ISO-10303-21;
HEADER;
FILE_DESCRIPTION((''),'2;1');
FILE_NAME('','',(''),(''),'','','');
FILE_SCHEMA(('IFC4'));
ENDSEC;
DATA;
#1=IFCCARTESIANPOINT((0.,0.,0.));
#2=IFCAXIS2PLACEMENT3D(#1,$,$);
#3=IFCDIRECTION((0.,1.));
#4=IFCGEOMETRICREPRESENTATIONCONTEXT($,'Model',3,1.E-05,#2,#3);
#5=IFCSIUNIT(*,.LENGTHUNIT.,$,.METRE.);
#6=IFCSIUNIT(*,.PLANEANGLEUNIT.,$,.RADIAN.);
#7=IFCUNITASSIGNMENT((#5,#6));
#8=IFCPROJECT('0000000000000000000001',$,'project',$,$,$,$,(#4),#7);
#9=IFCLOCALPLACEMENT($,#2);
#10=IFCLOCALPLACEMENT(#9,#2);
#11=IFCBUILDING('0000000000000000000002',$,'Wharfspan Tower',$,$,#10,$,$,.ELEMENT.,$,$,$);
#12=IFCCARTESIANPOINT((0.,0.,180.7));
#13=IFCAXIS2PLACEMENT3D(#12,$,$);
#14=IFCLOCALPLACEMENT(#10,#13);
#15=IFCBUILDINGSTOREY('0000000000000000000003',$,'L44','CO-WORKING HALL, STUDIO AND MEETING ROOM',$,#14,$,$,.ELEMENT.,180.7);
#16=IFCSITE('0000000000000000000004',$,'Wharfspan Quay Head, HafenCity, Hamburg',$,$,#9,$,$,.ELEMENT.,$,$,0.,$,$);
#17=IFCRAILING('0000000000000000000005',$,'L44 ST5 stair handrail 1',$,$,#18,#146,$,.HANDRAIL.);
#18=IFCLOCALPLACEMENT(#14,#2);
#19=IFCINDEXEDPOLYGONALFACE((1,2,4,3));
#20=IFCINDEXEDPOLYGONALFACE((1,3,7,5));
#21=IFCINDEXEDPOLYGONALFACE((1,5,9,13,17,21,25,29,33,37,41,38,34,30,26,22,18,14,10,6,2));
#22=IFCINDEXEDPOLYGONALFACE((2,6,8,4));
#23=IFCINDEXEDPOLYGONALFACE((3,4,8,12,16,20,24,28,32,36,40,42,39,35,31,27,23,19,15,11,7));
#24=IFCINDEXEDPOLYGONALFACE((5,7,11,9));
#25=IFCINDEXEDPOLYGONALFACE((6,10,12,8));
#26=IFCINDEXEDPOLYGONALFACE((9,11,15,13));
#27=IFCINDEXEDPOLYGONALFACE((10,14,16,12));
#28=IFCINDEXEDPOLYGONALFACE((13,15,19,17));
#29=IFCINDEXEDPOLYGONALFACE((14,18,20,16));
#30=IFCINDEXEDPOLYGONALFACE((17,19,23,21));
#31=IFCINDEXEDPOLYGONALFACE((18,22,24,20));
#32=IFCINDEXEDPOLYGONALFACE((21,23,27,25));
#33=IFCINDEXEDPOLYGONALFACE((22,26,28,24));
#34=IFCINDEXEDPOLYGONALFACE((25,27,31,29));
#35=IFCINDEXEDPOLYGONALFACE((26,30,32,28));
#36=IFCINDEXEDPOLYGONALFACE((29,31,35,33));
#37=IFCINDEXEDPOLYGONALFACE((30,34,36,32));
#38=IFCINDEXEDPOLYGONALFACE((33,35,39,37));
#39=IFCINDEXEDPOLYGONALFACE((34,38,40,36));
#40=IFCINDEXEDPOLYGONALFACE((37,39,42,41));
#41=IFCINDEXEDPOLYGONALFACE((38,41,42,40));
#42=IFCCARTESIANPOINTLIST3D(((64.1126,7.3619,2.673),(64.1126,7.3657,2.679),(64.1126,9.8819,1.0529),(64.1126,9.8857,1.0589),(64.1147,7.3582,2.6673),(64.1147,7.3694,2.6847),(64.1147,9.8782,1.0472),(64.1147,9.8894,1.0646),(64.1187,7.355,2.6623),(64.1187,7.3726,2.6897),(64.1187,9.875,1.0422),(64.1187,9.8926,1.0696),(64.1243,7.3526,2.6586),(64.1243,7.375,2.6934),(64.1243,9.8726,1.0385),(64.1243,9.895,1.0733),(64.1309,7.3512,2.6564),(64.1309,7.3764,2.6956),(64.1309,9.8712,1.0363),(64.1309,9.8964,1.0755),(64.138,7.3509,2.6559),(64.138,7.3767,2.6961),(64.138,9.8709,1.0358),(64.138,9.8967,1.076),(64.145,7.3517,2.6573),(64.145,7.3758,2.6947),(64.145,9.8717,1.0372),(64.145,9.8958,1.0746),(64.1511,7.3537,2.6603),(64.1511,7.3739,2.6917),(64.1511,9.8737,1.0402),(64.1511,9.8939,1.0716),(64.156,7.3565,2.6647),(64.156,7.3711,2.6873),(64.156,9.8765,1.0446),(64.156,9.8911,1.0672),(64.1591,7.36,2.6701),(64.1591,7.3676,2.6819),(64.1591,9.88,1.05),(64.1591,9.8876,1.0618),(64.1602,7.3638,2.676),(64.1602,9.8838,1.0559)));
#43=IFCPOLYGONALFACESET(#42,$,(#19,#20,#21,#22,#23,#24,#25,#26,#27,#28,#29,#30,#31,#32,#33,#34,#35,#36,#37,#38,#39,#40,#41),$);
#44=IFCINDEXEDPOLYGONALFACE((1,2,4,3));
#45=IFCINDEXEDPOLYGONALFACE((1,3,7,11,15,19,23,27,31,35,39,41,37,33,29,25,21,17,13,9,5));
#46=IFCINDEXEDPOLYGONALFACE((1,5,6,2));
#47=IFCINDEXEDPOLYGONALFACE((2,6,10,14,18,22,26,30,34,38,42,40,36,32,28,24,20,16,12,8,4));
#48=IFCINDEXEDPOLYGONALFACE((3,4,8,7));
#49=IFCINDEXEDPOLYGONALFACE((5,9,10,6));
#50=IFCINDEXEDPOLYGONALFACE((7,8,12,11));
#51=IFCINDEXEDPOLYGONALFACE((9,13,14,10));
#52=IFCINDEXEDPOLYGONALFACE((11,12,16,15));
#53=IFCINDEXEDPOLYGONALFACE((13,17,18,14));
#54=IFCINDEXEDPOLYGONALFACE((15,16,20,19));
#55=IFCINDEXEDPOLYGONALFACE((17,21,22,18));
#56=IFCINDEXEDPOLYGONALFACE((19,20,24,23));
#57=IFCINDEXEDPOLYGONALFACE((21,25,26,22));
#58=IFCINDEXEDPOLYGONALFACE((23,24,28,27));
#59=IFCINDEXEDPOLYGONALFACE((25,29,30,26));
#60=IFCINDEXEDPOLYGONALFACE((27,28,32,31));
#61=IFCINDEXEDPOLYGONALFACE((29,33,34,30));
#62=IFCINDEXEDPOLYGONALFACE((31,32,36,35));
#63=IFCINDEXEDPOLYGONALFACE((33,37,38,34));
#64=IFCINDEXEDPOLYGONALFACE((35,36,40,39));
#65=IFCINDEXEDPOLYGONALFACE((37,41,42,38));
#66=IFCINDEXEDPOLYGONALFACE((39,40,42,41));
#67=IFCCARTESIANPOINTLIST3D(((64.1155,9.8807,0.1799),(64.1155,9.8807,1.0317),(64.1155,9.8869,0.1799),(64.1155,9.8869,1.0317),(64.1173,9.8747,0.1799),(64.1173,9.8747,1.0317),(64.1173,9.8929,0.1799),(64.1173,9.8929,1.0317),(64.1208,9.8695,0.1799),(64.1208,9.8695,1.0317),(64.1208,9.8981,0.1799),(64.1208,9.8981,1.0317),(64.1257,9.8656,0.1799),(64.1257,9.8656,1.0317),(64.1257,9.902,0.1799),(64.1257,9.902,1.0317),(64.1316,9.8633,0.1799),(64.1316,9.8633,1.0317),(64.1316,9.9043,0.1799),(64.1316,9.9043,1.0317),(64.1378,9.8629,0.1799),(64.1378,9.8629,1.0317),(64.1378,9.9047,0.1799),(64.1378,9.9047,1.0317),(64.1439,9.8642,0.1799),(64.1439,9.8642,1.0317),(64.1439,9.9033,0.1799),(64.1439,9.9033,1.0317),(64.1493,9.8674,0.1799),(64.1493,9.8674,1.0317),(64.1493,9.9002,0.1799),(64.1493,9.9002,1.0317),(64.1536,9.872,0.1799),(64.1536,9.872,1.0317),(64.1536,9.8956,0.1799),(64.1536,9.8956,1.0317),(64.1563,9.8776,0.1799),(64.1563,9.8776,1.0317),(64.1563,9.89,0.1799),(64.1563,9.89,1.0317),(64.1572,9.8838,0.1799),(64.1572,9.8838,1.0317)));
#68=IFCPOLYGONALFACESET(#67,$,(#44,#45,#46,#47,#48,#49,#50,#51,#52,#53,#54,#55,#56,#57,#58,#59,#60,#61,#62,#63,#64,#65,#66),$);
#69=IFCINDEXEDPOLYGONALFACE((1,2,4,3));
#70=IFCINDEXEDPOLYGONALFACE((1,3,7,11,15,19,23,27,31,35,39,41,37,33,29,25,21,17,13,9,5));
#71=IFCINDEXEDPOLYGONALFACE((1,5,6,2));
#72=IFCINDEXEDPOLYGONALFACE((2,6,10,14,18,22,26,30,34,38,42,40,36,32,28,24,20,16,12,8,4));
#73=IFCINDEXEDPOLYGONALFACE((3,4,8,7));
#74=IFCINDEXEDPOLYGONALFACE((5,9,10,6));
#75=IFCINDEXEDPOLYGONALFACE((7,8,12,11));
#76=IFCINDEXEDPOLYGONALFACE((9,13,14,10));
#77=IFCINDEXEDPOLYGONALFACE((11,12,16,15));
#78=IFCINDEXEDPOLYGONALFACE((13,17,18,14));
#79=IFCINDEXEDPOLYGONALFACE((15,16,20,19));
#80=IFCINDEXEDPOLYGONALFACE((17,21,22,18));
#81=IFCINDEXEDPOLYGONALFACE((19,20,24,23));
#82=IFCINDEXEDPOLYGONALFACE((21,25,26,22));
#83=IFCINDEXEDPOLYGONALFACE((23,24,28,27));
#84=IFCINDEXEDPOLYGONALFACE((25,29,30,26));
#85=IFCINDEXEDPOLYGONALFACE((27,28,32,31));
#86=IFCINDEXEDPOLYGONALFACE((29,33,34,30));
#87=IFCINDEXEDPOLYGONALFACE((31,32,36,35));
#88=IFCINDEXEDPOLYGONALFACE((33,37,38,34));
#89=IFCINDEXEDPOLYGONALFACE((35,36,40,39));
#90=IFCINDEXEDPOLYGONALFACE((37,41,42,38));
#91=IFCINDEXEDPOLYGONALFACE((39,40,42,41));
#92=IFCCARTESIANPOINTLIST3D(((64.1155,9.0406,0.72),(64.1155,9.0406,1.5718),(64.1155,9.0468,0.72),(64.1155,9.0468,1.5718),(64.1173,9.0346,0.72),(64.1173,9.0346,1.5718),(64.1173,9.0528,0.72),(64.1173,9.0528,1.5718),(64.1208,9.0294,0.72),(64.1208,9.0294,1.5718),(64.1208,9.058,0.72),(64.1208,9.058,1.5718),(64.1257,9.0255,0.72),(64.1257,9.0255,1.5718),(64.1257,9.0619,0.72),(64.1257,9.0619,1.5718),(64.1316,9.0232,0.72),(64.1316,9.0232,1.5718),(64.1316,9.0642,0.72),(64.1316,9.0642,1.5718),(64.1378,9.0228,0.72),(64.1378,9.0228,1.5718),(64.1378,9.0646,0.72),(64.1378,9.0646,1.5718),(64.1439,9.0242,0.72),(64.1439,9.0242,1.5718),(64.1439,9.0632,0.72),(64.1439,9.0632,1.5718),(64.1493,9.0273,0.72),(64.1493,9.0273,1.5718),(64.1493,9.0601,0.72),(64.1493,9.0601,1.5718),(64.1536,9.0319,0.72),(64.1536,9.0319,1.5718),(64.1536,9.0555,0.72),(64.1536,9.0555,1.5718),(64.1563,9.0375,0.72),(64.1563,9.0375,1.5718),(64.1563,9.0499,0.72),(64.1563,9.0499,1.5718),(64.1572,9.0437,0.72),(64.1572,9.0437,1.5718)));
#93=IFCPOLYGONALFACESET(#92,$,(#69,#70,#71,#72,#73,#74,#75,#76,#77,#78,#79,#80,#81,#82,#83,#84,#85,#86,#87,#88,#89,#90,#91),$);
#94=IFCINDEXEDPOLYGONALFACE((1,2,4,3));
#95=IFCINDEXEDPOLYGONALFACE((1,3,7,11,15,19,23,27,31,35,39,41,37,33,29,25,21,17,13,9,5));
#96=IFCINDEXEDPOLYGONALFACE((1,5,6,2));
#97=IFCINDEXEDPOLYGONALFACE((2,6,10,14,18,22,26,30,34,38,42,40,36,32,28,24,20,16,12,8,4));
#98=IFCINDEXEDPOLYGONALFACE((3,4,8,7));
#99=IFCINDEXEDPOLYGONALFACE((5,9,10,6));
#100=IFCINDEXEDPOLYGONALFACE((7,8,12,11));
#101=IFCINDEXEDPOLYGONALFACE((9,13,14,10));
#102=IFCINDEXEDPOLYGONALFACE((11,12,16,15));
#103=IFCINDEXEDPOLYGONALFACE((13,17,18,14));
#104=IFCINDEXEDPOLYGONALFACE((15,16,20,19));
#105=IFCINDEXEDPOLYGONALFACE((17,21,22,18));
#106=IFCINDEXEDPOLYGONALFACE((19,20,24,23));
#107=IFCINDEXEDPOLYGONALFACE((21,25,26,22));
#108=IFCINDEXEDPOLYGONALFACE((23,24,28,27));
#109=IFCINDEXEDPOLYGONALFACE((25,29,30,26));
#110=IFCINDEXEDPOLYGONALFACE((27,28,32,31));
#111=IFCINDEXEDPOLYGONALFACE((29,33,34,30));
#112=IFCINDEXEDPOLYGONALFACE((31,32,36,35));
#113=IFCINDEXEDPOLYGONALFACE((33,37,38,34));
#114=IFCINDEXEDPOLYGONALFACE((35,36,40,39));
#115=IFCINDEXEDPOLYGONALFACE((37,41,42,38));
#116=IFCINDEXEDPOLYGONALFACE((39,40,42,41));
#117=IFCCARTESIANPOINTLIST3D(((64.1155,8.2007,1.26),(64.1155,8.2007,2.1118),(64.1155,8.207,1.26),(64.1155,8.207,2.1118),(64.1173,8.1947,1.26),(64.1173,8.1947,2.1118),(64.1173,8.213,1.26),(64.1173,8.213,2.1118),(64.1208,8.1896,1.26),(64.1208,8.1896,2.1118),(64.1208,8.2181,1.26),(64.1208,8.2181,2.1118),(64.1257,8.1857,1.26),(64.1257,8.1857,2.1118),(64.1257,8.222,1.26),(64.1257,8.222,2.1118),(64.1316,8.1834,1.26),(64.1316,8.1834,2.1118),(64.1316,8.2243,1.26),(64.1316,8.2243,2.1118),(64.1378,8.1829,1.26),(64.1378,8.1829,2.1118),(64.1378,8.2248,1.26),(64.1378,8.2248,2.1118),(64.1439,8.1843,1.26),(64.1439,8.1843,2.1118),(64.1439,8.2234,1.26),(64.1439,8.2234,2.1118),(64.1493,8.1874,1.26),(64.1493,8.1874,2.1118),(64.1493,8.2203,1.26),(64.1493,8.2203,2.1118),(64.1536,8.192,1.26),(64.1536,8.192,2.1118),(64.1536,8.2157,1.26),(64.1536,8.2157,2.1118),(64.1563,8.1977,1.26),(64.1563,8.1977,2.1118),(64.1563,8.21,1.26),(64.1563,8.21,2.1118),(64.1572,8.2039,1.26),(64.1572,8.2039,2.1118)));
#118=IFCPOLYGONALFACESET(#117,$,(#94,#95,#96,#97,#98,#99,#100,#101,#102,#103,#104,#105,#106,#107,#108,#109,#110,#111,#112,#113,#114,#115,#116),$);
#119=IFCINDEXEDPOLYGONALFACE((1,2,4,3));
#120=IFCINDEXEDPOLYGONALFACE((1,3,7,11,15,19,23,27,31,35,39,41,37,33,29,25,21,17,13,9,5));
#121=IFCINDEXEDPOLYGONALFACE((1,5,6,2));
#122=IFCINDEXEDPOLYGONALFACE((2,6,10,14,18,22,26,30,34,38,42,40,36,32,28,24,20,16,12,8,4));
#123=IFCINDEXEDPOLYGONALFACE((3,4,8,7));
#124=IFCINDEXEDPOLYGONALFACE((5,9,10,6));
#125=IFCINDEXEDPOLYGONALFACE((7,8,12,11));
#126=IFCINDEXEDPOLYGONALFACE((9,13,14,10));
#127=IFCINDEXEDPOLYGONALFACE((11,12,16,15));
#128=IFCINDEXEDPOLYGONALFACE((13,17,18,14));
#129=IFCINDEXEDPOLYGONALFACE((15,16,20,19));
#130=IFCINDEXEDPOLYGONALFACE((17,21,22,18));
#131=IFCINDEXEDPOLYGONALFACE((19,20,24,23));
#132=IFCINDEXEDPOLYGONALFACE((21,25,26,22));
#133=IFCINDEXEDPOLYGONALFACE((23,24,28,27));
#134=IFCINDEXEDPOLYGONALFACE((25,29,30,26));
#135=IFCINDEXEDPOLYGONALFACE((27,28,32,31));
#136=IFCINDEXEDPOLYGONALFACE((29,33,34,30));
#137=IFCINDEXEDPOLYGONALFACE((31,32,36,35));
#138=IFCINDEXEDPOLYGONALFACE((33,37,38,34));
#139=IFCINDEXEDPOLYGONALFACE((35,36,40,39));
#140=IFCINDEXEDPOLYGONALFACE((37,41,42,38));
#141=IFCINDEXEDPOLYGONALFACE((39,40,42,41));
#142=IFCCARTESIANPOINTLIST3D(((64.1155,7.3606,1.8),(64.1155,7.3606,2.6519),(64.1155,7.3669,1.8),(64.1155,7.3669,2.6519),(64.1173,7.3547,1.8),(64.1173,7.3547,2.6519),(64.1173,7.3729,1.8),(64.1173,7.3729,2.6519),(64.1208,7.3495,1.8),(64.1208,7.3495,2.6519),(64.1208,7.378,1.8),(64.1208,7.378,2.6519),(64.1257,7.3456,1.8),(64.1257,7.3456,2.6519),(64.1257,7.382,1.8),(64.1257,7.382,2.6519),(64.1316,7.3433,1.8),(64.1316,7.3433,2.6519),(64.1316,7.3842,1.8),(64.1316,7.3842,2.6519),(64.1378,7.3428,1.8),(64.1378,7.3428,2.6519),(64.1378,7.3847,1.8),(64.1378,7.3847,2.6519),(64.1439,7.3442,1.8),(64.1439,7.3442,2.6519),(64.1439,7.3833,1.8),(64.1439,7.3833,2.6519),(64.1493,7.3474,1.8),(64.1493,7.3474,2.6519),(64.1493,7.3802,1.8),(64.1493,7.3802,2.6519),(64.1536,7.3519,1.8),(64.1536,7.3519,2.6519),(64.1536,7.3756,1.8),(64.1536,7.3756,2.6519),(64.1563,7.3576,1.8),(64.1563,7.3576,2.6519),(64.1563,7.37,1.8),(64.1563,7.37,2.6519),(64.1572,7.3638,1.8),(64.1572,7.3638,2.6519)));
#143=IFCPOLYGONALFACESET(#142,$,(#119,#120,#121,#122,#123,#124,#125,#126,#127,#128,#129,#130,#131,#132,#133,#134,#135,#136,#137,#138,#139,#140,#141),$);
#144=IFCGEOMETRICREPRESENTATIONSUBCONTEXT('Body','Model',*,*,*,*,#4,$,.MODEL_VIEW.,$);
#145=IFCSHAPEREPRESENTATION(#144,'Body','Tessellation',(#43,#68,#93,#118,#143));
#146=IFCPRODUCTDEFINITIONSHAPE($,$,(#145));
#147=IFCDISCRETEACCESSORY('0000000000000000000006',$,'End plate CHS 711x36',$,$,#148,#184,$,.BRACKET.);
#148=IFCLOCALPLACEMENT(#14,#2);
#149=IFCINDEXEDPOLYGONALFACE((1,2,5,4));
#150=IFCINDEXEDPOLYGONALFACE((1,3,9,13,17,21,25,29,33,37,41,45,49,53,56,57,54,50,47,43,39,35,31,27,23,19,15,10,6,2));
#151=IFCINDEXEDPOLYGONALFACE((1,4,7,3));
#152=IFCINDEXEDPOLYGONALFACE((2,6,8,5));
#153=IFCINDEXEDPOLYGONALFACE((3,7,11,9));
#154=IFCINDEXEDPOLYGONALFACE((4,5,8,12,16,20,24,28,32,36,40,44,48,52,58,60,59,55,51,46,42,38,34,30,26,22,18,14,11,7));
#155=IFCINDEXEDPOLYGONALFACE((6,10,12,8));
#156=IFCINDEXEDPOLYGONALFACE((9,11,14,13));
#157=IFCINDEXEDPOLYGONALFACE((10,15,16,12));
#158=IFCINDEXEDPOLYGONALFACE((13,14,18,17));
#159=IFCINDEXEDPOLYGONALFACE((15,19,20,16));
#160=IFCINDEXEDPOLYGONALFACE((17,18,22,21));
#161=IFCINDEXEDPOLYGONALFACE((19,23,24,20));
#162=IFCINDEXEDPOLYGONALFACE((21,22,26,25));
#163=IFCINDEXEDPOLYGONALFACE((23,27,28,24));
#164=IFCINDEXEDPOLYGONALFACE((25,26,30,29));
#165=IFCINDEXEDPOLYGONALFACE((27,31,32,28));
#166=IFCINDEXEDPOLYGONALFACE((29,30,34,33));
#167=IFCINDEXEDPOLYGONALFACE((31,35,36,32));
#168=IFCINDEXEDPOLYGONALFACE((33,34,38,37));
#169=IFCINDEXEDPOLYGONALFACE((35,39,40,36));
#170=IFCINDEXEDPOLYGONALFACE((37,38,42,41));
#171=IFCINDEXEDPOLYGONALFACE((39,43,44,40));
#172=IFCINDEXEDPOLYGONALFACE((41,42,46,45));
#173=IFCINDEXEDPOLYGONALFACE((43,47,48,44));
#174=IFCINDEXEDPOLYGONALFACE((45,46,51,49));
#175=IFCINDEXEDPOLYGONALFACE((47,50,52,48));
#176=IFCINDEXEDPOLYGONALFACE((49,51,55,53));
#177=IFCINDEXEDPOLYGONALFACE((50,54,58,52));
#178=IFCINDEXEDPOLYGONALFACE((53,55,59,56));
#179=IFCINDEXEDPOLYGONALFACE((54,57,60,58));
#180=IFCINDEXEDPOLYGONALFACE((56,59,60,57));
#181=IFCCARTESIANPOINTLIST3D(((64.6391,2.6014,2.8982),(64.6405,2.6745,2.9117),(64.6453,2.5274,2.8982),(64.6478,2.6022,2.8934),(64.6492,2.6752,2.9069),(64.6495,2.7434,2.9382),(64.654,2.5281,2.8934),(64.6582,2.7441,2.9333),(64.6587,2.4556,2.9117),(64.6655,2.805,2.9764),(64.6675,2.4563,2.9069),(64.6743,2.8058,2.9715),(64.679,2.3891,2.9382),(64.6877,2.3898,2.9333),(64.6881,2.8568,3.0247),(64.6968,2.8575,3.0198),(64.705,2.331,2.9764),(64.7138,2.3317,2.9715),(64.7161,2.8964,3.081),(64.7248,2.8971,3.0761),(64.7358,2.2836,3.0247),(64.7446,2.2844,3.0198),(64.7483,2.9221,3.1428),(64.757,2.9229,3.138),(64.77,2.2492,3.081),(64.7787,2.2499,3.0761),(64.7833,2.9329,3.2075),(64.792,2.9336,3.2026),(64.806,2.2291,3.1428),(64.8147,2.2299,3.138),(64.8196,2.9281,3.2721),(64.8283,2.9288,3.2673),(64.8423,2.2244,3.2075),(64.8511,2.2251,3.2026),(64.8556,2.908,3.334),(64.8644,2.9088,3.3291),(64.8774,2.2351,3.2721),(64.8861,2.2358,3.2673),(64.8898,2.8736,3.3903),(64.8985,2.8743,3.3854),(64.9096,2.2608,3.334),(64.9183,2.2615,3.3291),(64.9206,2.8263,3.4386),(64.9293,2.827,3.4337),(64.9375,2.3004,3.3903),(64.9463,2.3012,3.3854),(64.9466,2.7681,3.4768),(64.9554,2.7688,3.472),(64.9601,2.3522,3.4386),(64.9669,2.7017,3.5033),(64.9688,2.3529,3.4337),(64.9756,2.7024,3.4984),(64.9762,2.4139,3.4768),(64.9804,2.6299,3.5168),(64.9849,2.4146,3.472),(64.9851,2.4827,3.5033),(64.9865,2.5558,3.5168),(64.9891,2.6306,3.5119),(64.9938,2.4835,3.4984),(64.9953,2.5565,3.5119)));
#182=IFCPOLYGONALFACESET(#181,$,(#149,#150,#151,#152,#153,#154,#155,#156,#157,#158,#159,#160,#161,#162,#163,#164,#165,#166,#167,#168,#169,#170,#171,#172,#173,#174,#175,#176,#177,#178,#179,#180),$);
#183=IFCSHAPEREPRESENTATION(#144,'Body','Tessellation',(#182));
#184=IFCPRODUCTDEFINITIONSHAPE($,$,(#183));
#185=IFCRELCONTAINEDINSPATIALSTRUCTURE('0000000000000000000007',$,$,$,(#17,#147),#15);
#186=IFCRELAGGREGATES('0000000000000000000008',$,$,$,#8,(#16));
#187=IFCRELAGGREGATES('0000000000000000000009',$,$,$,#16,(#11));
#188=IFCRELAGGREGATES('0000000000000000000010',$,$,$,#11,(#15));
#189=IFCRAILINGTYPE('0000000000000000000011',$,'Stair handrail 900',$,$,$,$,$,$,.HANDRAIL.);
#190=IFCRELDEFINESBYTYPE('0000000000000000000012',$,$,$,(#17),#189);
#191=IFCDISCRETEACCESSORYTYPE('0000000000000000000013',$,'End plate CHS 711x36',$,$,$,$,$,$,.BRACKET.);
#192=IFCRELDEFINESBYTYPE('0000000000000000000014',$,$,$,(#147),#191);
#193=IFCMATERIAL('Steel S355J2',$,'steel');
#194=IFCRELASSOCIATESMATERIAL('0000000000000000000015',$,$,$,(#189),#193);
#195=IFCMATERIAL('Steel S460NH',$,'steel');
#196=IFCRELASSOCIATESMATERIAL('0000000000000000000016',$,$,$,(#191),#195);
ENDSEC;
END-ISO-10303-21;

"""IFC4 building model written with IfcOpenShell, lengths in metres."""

from ifc_helpers import new_model, si_unit, direction, frame, origin, origin_2d, place, context, subcontext, project, spatial, circle, extrude, material, material_profile, profile_set, type_object, element, save


model = new_model("IFC4")

# Units and contexts
model_context = context("Model", 3, precision=1e-05, world=origin(), true_north=direction((0.0, 1.0)))
body_context = subcontext(model_context, "Body", "Model", "MODEL_VIEW")
ifc_project = project(units=[si_unit("LENGTHUNIT", "METRE"), si_unit("PLANEANGLEUNIT", "RADIAN")], contexts=[model_context])

# Site, building, storey
site_placement = place(None, origin())
site = spatial("IfcSite", under=ifc_project, at=site_placement, Name="Wharfspan Quay Head, HafenCity, Hamburg", CompositionType="ELEMENT", RefElevation=0.0)
building_placement = place(site_placement, origin())
building = spatial("IfcBuilding", under=site, at=building_placement, Name="Wharfspan Tower", CompositionType="ELEMENT")
storey_placement = place(building_placement, frame((0.0, 0.0, 180.7)))
storey = spatial("IfcBuildingStorey", under=building, at=storey_placement, Name="L44", Description="CO-WORKING HALL, STUDIO AND MEETING ROOM", CompositionType="ELEMENT", Elevation=180.7)

# Shared definitions
ifc_material_1 = material(Name="Steel S355J2", Category="steel")

# Shared definitions
ifc_material_2 = material(Name="Steel S460NH", Category="steel")

# Railing
railing_type_1 = type_object("IfcRailingType", Name="Stair handrail 900", PredefinedType="HANDRAIL", material=ifc_material_1)
railing_1_placement = place(storey_placement, frame((64.1362, 9.8838, 0.1799)))
element("IfcRailing", 1, at=railing_1_placement, inside=storey, type_object=railing_type_1, Name="L44 ST5 stair handrail 1", PredefinedType="HANDRAIL", context=body_context, shape_type="SweptSolid", body=[
    extrude(circle(Radius=0.0239, at=origin_2d()), frame((0.0, 0.0, 0.876), z_axis=(0.0, -0.841163, 0.540782), x_axis=(1.0, 0.0, 0.0)), (0.0, 0.0, 1.0), 2.9958),
    extrude(circle(Radius=0.021, at=origin_2d()), origin(), (0.0, 0.0, 1.0), 0.8518),
    extrude(circle(Radius=0.021, at=origin_2d()), frame((0.0, -0.8401, 0.54)), (0.0, 0.0, 1.0), 0.8518),
    extrude(circle(Radius=0.021, at=origin_2d()), frame((0.0, -1.6799, 1.0801)), (0.0, 0.0, 1.0), 0.8518),
    extrude(circle(Radius=0.021, at=origin_2d()), frame((0.0, -2.52, 1.6201)), (0.0, 0.0, 1.0), 0.8518),
])

# Discrete accessory
ifc_material_profile_1 = material_profile(ifc_material_2, circle(Radius=0.3555, at=origin_2d()))
ifc_profile_set_1 = profile_set([ifc_material_profile_1], Name="Steel S460NH")
discrete_accessory_type = type_object("IfcDiscreteAccessoryType", Name="End plate CHS 711x36", PredefinedType="BRACKET", material=ifc_profile_set_1)
for number, where, z_axis, x_axis, name in (
    (2, (64.8215, 2.5793, 3.2026), (-0.871847, -0.072654, 0.484359), (0.083044, -0.996547, -0.000003), "End plate CHS 711x36"),
):
    element("IfcDiscreteAccessory", number, at=place(storey_placement, frame(where, z_axis=z_axis, x_axis=x_axis)), inside=storey, type_object=discrete_accessory_type, Name=name, PredefinedType="BRACKET", context=body_context, shape_type="SweptSolid", body=[
        extrude(circle(Radius=0.3555, at=origin_2d()), origin(), (0.0, 0.0, 1.0), 0.01),
    ])

save(model, "model.ifc")
